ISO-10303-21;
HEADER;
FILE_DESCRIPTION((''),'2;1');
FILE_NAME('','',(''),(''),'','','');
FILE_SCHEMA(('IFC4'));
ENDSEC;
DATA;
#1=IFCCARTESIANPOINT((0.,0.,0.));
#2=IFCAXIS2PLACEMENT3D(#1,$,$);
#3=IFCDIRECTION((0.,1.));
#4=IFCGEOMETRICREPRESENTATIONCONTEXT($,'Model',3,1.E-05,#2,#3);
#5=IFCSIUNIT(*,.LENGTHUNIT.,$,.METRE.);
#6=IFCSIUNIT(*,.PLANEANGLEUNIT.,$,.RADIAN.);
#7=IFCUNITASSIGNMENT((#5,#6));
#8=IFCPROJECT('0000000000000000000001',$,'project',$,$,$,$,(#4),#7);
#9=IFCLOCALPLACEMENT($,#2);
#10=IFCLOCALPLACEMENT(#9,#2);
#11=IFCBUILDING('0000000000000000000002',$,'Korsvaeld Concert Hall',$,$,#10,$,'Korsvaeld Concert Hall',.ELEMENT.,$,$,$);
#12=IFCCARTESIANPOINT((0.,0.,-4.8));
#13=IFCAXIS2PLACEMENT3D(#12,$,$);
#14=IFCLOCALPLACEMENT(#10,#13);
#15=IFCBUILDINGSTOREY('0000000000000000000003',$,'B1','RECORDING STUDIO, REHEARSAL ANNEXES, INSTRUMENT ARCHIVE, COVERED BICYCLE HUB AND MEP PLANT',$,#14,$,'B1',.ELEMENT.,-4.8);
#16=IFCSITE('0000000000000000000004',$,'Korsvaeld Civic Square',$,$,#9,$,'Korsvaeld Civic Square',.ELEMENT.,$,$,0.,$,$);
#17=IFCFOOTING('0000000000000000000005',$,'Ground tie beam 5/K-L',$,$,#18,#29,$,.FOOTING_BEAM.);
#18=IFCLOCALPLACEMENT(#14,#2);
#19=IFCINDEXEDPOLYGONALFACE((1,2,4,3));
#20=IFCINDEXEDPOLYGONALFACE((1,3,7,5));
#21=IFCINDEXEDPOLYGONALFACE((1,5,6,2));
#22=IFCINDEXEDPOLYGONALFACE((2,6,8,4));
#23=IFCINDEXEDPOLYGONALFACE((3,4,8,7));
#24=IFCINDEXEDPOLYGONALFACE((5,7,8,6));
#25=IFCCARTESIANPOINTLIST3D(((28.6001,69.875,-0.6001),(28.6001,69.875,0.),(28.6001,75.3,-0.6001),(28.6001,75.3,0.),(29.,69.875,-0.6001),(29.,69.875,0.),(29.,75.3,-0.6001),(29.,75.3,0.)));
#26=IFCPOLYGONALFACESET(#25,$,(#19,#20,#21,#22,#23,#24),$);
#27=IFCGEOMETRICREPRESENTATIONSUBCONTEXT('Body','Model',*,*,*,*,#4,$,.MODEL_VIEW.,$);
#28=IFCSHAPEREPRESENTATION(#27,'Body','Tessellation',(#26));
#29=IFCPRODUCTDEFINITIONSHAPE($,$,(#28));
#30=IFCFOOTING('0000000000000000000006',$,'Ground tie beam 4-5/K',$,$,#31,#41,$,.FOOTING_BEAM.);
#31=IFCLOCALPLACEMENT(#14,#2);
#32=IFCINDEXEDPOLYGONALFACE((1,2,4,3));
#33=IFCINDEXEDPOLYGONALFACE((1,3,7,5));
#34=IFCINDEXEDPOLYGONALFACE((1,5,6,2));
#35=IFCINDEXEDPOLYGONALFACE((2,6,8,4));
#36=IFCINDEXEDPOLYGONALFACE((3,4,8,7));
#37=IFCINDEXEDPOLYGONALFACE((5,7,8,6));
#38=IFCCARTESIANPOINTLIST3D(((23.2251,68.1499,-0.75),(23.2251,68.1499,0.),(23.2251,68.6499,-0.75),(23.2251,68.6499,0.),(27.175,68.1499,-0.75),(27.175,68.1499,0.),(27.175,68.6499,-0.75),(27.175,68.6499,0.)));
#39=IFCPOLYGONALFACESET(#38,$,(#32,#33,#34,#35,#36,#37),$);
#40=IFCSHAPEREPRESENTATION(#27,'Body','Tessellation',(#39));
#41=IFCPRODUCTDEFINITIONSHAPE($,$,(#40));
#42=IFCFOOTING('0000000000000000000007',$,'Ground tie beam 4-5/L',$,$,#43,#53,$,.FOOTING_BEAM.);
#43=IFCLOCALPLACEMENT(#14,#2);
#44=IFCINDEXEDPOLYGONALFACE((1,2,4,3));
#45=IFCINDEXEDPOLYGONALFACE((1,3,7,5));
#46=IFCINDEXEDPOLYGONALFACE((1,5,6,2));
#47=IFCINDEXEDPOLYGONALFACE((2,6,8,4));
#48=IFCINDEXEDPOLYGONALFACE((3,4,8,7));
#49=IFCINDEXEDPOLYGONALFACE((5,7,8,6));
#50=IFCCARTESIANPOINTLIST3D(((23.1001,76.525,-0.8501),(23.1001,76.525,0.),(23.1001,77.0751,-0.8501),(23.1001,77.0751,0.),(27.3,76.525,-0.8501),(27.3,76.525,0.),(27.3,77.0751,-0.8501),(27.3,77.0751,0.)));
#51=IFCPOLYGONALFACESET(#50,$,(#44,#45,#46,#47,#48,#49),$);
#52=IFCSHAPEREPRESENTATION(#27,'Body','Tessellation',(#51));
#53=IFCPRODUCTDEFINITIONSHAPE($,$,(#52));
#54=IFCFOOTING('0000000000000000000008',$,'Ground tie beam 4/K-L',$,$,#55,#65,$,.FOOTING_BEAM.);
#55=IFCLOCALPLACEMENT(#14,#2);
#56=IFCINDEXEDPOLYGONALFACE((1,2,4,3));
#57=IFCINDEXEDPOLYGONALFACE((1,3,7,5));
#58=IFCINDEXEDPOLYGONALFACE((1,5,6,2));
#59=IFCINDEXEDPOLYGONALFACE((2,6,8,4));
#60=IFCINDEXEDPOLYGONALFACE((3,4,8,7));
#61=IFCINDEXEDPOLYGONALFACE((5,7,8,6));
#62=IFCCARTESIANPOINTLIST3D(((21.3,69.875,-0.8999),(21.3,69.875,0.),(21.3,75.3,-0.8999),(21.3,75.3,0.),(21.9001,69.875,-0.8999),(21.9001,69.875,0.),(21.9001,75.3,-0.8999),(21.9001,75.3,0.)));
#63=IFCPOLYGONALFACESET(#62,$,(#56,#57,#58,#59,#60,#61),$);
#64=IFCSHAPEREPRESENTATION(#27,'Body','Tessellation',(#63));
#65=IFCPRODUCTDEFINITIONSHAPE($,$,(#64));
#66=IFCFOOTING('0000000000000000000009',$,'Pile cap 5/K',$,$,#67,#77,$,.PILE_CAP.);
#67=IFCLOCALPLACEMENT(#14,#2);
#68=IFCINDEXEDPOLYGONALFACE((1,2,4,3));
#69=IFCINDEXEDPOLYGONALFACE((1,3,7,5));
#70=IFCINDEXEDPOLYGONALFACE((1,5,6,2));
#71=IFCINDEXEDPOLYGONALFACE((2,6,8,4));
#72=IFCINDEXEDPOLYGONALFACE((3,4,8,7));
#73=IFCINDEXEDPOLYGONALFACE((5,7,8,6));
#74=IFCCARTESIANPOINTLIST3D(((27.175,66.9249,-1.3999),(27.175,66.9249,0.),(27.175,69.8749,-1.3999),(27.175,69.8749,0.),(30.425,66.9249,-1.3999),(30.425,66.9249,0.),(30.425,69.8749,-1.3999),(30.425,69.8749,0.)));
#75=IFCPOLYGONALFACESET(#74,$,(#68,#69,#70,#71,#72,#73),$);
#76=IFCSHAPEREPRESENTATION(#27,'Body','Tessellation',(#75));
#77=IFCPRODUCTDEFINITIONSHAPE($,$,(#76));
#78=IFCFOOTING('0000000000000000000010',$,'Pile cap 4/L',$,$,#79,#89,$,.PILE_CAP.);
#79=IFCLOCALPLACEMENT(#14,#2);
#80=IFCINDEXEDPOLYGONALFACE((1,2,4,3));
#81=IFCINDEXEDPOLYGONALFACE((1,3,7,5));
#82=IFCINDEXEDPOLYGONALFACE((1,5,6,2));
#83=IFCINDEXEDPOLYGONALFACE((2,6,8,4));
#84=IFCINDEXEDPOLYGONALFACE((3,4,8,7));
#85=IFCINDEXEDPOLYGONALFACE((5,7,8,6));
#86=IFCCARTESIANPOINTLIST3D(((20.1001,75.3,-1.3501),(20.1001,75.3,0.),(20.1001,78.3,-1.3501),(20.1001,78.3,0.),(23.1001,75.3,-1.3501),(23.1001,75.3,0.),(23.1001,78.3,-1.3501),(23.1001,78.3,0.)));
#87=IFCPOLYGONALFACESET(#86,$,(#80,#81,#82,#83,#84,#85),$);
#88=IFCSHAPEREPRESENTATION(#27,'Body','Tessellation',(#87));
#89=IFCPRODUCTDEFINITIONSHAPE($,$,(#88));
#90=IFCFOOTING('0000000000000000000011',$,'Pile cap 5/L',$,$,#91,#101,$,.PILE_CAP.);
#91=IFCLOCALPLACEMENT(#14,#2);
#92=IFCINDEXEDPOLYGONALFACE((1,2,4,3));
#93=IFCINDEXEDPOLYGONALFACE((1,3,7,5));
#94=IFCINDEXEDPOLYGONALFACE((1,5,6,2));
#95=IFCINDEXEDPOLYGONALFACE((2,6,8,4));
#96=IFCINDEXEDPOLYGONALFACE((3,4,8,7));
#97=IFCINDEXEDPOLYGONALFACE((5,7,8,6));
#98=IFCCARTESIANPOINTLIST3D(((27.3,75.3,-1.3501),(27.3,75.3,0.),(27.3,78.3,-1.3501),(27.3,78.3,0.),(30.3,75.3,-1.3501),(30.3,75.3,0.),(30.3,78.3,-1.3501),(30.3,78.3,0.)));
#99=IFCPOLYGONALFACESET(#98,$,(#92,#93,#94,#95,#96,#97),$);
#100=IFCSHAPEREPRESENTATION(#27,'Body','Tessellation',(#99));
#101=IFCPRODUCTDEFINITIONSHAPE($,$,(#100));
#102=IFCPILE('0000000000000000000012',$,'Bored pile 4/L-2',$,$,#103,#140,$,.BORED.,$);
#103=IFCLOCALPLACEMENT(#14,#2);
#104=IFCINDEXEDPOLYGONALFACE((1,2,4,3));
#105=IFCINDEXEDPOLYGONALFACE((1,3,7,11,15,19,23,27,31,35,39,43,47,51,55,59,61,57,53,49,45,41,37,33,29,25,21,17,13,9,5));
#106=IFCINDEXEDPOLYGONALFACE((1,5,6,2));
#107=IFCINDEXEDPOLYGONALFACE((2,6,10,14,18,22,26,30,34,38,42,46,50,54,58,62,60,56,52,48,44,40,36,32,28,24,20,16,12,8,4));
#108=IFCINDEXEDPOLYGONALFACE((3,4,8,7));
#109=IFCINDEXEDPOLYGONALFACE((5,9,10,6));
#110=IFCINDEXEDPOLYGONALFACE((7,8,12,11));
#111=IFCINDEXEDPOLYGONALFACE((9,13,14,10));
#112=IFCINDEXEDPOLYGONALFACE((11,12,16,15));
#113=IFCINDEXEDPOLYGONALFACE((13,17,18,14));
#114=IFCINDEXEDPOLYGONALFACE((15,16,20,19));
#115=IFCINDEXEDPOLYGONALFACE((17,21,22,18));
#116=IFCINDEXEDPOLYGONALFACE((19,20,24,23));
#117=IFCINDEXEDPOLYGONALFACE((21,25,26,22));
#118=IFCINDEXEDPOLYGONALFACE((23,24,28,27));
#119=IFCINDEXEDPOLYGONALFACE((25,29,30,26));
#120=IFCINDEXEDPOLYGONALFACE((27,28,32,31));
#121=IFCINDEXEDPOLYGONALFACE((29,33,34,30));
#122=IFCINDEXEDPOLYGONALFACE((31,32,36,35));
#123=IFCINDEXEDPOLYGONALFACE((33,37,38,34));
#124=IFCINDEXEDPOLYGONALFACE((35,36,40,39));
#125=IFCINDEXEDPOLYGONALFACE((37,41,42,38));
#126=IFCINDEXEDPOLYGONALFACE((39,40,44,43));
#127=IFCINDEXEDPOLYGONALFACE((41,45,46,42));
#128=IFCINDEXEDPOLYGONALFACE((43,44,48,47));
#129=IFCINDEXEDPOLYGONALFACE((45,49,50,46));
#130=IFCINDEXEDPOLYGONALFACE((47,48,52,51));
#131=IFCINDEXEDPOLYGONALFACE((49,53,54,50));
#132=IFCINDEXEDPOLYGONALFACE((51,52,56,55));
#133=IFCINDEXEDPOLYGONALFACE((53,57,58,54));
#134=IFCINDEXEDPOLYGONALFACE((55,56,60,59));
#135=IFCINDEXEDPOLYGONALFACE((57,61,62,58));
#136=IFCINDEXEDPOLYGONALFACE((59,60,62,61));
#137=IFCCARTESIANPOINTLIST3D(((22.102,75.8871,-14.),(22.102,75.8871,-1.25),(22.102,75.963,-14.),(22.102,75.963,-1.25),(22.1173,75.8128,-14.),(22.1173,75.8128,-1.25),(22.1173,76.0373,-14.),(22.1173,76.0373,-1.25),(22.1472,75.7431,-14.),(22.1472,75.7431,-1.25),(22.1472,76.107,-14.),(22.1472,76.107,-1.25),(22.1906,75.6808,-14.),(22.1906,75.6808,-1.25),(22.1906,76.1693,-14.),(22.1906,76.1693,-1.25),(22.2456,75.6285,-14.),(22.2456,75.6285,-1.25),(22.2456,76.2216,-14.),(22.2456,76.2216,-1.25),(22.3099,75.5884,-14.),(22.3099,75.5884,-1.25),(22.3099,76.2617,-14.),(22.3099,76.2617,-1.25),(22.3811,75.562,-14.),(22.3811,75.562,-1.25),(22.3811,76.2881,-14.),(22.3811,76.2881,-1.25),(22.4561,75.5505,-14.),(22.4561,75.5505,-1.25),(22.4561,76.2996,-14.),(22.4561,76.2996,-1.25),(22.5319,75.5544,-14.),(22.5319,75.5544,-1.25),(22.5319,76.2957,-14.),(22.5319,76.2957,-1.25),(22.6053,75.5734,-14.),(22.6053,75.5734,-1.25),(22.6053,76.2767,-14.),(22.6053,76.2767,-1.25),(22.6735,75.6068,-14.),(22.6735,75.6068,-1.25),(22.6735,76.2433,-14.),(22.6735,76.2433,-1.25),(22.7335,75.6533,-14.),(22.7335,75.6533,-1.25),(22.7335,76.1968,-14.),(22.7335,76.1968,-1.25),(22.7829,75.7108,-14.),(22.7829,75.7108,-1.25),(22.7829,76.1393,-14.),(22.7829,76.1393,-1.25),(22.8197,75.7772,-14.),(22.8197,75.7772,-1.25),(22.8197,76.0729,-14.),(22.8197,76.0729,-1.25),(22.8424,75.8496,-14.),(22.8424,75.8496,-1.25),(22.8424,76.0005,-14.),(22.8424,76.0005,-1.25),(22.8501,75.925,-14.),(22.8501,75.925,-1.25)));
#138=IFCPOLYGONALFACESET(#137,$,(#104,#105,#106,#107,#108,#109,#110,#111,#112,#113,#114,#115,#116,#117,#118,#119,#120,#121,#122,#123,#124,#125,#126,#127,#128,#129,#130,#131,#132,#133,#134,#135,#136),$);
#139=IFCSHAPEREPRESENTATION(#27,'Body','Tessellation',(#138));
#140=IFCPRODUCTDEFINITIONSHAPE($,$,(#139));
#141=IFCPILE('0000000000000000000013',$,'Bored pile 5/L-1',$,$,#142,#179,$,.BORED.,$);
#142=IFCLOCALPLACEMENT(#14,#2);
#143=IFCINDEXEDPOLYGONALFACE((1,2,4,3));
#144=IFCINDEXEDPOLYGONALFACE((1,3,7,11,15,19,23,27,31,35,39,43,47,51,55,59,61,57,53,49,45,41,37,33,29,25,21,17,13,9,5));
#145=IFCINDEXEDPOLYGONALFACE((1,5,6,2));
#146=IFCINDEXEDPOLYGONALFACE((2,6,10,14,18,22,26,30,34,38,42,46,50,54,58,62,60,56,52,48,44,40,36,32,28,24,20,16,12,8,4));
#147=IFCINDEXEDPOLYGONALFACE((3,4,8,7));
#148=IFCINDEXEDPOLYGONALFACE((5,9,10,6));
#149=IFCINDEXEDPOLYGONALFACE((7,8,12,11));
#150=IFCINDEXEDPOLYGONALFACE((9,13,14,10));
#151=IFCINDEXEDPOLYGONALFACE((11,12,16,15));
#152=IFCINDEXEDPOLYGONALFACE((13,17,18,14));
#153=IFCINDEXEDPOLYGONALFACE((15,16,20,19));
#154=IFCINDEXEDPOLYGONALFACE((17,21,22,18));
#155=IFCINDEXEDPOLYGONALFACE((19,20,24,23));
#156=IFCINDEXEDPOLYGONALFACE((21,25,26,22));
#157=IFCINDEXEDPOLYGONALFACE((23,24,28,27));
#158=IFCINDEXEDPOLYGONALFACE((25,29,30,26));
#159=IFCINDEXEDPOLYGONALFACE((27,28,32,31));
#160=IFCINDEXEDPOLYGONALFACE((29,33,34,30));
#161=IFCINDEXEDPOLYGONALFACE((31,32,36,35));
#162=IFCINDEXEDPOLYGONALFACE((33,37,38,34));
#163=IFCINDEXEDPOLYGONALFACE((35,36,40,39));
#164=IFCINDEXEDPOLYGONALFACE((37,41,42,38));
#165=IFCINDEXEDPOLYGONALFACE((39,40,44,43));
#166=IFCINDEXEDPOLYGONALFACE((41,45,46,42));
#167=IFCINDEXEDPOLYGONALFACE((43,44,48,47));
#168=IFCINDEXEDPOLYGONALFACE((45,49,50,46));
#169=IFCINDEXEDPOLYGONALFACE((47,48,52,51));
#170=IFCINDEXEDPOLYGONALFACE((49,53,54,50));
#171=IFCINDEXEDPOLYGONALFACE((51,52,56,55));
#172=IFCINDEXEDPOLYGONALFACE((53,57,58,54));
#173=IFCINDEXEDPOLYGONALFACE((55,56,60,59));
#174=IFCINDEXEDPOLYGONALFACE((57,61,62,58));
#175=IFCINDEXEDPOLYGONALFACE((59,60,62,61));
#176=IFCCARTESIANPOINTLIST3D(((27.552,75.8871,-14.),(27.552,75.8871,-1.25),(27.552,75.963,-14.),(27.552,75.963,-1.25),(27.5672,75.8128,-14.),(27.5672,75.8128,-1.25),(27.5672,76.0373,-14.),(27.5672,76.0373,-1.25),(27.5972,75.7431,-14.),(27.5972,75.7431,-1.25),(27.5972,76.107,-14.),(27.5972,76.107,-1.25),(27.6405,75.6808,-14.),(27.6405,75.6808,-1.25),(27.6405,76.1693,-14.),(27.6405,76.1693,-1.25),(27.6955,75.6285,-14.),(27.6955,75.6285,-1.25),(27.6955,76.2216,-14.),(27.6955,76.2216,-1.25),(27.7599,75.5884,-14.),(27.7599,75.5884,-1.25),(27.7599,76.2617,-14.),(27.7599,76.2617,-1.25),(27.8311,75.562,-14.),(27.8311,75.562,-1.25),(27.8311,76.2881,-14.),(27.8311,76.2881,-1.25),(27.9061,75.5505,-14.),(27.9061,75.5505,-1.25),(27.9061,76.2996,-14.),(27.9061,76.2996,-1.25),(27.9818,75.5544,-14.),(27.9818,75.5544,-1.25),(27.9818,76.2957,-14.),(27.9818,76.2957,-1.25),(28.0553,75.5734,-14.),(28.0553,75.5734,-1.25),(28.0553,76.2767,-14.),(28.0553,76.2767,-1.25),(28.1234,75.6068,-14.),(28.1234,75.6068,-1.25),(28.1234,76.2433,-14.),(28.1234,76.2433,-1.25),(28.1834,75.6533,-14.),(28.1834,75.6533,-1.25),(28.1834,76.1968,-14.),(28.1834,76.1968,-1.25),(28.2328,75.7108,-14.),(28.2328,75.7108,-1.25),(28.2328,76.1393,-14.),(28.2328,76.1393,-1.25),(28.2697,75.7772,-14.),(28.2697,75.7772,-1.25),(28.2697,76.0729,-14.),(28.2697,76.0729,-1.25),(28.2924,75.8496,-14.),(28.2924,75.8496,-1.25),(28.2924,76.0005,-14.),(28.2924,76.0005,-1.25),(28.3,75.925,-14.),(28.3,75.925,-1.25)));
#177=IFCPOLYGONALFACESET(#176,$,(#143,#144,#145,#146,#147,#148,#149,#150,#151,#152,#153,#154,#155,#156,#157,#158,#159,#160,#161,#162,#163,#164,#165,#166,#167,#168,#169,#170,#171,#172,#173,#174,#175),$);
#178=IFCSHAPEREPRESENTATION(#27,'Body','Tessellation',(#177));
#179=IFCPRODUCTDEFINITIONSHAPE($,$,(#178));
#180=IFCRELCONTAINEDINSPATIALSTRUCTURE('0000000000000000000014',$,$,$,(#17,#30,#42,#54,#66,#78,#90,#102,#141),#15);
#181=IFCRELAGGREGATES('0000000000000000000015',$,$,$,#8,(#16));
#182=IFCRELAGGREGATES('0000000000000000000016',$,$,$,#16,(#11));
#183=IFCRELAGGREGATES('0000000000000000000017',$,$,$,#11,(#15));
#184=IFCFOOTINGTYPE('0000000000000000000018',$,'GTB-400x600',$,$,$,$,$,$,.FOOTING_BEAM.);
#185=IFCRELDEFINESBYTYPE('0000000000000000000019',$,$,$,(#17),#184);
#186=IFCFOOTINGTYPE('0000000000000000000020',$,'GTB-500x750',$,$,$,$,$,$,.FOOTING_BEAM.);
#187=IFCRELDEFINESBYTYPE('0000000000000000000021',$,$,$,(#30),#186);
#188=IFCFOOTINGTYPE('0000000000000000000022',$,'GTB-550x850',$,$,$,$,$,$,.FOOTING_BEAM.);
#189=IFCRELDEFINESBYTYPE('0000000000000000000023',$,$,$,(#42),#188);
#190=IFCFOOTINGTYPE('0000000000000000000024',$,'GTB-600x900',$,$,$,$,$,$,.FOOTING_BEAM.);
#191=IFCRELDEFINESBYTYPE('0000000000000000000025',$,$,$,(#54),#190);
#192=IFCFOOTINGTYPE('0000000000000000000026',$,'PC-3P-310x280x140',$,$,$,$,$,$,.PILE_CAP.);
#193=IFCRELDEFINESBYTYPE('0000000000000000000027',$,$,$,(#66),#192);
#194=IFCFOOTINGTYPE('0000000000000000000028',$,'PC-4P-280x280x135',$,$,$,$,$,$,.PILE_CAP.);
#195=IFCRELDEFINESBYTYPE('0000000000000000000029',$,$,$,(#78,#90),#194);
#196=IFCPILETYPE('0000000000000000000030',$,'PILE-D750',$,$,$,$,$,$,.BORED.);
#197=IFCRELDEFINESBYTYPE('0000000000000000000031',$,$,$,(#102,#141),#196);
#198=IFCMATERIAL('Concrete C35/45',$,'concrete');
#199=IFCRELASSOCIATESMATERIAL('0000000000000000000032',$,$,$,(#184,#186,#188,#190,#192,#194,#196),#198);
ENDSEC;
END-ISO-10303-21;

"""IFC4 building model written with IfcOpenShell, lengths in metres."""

from ifc_helpers import new_model, si_unit, direction, frame, origin, origin_2d, place, context, subcontext, project, spatial, rectangle, circle, extrude, material, material_profile, profile_set, type_object, element, save


model = new_model("IFC4")

# Units and contexts
model_context = context("Model", 3, precision=1e-05, world=origin(), true_north=direction((0.0, 1.0)))
body_context = subcontext(model_context, "Body", "Model", "MODEL_VIEW")
ifc_project = project(units=[si_unit("LENGTHUNIT", "METRE"), si_unit("PLANEANGLEUNIT", "RADIAN")], contexts=[model_context])

# Site, building, storey
site_placement = place(None, origin())
site = spatial("IfcSite", under=ifc_project, at=site_placement, Name="Korsvaeld Civic Square", LongName="Korsvaeld Civic Square", CompositionType="ELEMENT", RefElevation=0.0)
building_placement = place(site_placement, origin())
building = spatial("IfcBuilding", under=site, at=building_placement, Name="Korsvaeld Concert Hall", LongName="Korsvaeld Concert Hall", CompositionType="ELEMENT")
storey_placement = place(building_placement, frame((0.0, 0.0, -4.8)))
storey = spatial("IfcBuildingStorey", under=building, at=storey_placement, Name="B1", Description="RECORDING STUDIO, REHEARSAL ANNEXES, INSTRUMENT ARCHIVE, COVERED BICYCLE HUB AND MEP PLANT", LongName="B1", CompositionType="ELEMENT", Elevation=-4.8)

# Footings
ifc_material_1 = material(Name="Concrete C35/45", Category="concrete")
ifc_material_profile_1 = material_profile(ifc_material_1, rectangle(XDim=0.3999, YDim=0.6001, at=origin_2d()), Name="GTB 400x600")
ifc_profile_set_1 = profile_set([ifc_material_profile_1], Name="Concrete C35/45")
footing_type_1 = type_object("IfcFootingType", Name="GTB-400x600", PredefinedType="FOOTING_BEAM", material=ifc_profile_set_1)
footing_1_placement = place(storey_placement, frame((28.8, 69.875, -0.3), z_axis=(0.0, 1.0, 0.0), x_axis=(-1.0, 0.0, 0.0)))
element("IfcFooting", 1, at=footing_1_placement, inside=storey, type_object=footing_type_1, Name="Ground tie beam 5/K-L", PredefinedType="FOOTING_BEAM", context=body_context, shape_type="SweptSolid", body=[
    extrude(rectangle(XDim=0.3999, YDim=0.6001, at=origin_2d()), origin(), (0.0, 0.0, 1.0), 5.425),
])
ifc_material_profile_2 = material_profile(ifc_material_1, rectangle(XDim=0.5, YDim=0.75, at=origin_2d()), Name="GTB 500x750")
ifc_profile_set_2 = profile_set([ifc_material_profile_2], Name="Concrete C35/45")
footing_type_2 = type_object("IfcFootingType", Name="GTB-500x750", PredefinedType="FOOTING_BEAM", material=ifc_profile_set_2)
footing_2_placement = place(storey_placement, frame((23.2251, 68.3999, -0.375), z_axis=(1.0, 0.0, 0.0), x_axis=(0.0, 1.0, 0.0)))
element("IfcFooting", 2, at=footing_2_placement, inside=storey, type_object=footing_type_2, Name="Ground tie beam 4-5/K", PredefinedType="FOOTING_BEAM", context=body_context, shape_type="SweptSolid", body=[
    extrude(rectangle(XDim=0.5, YDim=0.75, at=origin_2d()), origin(), (0.0, 0.0, 1.0), 3.95),
])
ifc_material_profile_3 = material_profile(ifc_material_1, rectangle(XDim=0.55, YDim=0.8501, at=origin_2d()), Name="GTB 550x850")
ifc_profile_set_3 = profile_set([ifc_material_profile_3], Name="Concrete C35/45")
footing_type_3 = type_object("IfcFootingType", Name="GTB-550x850", PredefinedType="FOOTING_BEAM", material=ifc_profile_set_3)
footing_3_placement = place(storey_placement, frame((23.1001, 76.8, -0.425), z_axis=(1.0, 0.0, 0.0), x_axis=(0.0, 1.0, 0.0)))
element("IfcFooting", 3, at=footing_3_placement, inside=storey, type_object=footing_type_3, Name="Ground tie beam 4-5/L", PredefinedType="FOOTING_BEAM", context=body_context, shape_type="SweptSolid", body=[
    extrude(rectangle(XDim=0.55, YDim=0.8501, at=origin_2d()), origin(), (0.0, 0.0, 1.0), 4.2),
])
ifc_material_profile_4 = material_profile(ifc_material_1, rectangle(XDim=0.6001, YDim=0.8999, at=origin_2d()), Name="GTB 600x900")
ifc_profile_set_4 = profile_set([ifc_material_profile_4], Name="Concrete C35/45")
footing_type_4 = type_object("IfcFootingType", Name="GTB-600x900", PredefinedType="FOOTING_BEAM", material=ifc_profile_set_4)
footing_4_placement = place(storey_placement, frame((21.6001, 69.875, -0.45), z_axis=(0.0, 1.0, 0.0), x_axis=(-1.0, 0.0, 0.0)))
element("IfcFooting", 4, at=footing_4_placement, inside=storey, type_object=footing_type_4, Name="Ground tie beam 4/K-L", PredefinedType="FOOTING_BEAM", context=body_context, shape_type="SweptSolid", body=[
    extrude(rectangle(XDim=0.6001, YDim=0.8999, at=origin_2d()), origin(), (0.0, 0.0, 1.0), 5.425),
])
footing_type_5 = type_object("IfcFootingType", Name="PC-3P-310x280x140", PredefinedType="PILE_CAP", material=ifc_material_1)
footing_5_placement = place(storey_placement, frame((28.8, 68.3999, -1.3999), z_axis=(0.0, 0.0, 1.0), x_axis=(1.0, 0.0, 0.0)))
element("IfcFooting", 5, at=footing_5_placement, inside=storey, type_object=footing_type_5, Name="Pile cap 5/K", PredefinedType="PILE_CAP", context=body_context, shape_type="SweptSolid", body=[
    extrude(rectangle(XDim=3.25, YDim=2.95, at=origin_2d()), origin(), (0.0, 0.0, 1.0), 1.3999),
])
footing_type_6 = type_object("IfcFootingType", Name="PC-4P-280x280x135", PredefinedType="PILE_CAP", material=ifc_material_1)
for number, where, z_axis, x_axis, name in (
    (6, (21.6001, 76.8, -1.3501), (0.0, 0.0, 1.0), (1.0, 0.0, 0.0), "Pile cap 4/L"),
    (7, (28.8, 76.8, -1.3501), (0.0, 0.0, 1.0), (1.0, 0.0, 0.0), "Pile cap 5/L"),
):
    element("IfcFooting", number, at=place(storey_placement, frame(where, z_axis=z_axis, x_axis=x_axis)), inside=storey, type_object=footing_type_6, Name=name, PredefinedType="PILE_CAP", context=body_context, shape_type="SweptSolid", body=[
        extrude(rectangle(XDim=3.0, YDim=3.0, at=origin_2d()), origin(), (0.0, 0.0, 1.0), 1.3501),
    ])

# Piles
ifc_material_profile_5 = material_profile(ifc_material_1, circle(Radius=0.375, at=origin_2d()), Name="BORED PILE D750")
ifc_profile_set_5 = profile_set([ifc_material_profile_5], Name="Concrete C35/45")
pile_type_1 = type_object("IfcPileType", Name="PILE-D750", PredefinedType="BORED", material=ifc_profile_set_5)
for number, where, z_axis, x_axis, name in (
    (8, (22.4751, 75.925, -1.25), (0.0, 0.0, -1.0), (1.0, 0.0, 0.0), "Bored pile 4/L-2"),
    (9, (27.925, 75.925, -1.25), (0.0, 0.0, -1.0), (1.0, 0.0, 0.0), "Bored pile 5/L-1"),
):
    element("IfcPile", number, at=place(storey_placement, frame(where, z_axis=z_axis, x_axis=x_axis)), inside=storey, type_object=pile_type_1, Name=name, PredefinedType="BORED", context=body_context, shape_type="SweptSolid", body=[
        extrude(circle(Radius=0.375, at=origin_2d()), origin(), (0.0, 0.0, 1.0), 12.75),
    ])

save(model, "model.ifc")
